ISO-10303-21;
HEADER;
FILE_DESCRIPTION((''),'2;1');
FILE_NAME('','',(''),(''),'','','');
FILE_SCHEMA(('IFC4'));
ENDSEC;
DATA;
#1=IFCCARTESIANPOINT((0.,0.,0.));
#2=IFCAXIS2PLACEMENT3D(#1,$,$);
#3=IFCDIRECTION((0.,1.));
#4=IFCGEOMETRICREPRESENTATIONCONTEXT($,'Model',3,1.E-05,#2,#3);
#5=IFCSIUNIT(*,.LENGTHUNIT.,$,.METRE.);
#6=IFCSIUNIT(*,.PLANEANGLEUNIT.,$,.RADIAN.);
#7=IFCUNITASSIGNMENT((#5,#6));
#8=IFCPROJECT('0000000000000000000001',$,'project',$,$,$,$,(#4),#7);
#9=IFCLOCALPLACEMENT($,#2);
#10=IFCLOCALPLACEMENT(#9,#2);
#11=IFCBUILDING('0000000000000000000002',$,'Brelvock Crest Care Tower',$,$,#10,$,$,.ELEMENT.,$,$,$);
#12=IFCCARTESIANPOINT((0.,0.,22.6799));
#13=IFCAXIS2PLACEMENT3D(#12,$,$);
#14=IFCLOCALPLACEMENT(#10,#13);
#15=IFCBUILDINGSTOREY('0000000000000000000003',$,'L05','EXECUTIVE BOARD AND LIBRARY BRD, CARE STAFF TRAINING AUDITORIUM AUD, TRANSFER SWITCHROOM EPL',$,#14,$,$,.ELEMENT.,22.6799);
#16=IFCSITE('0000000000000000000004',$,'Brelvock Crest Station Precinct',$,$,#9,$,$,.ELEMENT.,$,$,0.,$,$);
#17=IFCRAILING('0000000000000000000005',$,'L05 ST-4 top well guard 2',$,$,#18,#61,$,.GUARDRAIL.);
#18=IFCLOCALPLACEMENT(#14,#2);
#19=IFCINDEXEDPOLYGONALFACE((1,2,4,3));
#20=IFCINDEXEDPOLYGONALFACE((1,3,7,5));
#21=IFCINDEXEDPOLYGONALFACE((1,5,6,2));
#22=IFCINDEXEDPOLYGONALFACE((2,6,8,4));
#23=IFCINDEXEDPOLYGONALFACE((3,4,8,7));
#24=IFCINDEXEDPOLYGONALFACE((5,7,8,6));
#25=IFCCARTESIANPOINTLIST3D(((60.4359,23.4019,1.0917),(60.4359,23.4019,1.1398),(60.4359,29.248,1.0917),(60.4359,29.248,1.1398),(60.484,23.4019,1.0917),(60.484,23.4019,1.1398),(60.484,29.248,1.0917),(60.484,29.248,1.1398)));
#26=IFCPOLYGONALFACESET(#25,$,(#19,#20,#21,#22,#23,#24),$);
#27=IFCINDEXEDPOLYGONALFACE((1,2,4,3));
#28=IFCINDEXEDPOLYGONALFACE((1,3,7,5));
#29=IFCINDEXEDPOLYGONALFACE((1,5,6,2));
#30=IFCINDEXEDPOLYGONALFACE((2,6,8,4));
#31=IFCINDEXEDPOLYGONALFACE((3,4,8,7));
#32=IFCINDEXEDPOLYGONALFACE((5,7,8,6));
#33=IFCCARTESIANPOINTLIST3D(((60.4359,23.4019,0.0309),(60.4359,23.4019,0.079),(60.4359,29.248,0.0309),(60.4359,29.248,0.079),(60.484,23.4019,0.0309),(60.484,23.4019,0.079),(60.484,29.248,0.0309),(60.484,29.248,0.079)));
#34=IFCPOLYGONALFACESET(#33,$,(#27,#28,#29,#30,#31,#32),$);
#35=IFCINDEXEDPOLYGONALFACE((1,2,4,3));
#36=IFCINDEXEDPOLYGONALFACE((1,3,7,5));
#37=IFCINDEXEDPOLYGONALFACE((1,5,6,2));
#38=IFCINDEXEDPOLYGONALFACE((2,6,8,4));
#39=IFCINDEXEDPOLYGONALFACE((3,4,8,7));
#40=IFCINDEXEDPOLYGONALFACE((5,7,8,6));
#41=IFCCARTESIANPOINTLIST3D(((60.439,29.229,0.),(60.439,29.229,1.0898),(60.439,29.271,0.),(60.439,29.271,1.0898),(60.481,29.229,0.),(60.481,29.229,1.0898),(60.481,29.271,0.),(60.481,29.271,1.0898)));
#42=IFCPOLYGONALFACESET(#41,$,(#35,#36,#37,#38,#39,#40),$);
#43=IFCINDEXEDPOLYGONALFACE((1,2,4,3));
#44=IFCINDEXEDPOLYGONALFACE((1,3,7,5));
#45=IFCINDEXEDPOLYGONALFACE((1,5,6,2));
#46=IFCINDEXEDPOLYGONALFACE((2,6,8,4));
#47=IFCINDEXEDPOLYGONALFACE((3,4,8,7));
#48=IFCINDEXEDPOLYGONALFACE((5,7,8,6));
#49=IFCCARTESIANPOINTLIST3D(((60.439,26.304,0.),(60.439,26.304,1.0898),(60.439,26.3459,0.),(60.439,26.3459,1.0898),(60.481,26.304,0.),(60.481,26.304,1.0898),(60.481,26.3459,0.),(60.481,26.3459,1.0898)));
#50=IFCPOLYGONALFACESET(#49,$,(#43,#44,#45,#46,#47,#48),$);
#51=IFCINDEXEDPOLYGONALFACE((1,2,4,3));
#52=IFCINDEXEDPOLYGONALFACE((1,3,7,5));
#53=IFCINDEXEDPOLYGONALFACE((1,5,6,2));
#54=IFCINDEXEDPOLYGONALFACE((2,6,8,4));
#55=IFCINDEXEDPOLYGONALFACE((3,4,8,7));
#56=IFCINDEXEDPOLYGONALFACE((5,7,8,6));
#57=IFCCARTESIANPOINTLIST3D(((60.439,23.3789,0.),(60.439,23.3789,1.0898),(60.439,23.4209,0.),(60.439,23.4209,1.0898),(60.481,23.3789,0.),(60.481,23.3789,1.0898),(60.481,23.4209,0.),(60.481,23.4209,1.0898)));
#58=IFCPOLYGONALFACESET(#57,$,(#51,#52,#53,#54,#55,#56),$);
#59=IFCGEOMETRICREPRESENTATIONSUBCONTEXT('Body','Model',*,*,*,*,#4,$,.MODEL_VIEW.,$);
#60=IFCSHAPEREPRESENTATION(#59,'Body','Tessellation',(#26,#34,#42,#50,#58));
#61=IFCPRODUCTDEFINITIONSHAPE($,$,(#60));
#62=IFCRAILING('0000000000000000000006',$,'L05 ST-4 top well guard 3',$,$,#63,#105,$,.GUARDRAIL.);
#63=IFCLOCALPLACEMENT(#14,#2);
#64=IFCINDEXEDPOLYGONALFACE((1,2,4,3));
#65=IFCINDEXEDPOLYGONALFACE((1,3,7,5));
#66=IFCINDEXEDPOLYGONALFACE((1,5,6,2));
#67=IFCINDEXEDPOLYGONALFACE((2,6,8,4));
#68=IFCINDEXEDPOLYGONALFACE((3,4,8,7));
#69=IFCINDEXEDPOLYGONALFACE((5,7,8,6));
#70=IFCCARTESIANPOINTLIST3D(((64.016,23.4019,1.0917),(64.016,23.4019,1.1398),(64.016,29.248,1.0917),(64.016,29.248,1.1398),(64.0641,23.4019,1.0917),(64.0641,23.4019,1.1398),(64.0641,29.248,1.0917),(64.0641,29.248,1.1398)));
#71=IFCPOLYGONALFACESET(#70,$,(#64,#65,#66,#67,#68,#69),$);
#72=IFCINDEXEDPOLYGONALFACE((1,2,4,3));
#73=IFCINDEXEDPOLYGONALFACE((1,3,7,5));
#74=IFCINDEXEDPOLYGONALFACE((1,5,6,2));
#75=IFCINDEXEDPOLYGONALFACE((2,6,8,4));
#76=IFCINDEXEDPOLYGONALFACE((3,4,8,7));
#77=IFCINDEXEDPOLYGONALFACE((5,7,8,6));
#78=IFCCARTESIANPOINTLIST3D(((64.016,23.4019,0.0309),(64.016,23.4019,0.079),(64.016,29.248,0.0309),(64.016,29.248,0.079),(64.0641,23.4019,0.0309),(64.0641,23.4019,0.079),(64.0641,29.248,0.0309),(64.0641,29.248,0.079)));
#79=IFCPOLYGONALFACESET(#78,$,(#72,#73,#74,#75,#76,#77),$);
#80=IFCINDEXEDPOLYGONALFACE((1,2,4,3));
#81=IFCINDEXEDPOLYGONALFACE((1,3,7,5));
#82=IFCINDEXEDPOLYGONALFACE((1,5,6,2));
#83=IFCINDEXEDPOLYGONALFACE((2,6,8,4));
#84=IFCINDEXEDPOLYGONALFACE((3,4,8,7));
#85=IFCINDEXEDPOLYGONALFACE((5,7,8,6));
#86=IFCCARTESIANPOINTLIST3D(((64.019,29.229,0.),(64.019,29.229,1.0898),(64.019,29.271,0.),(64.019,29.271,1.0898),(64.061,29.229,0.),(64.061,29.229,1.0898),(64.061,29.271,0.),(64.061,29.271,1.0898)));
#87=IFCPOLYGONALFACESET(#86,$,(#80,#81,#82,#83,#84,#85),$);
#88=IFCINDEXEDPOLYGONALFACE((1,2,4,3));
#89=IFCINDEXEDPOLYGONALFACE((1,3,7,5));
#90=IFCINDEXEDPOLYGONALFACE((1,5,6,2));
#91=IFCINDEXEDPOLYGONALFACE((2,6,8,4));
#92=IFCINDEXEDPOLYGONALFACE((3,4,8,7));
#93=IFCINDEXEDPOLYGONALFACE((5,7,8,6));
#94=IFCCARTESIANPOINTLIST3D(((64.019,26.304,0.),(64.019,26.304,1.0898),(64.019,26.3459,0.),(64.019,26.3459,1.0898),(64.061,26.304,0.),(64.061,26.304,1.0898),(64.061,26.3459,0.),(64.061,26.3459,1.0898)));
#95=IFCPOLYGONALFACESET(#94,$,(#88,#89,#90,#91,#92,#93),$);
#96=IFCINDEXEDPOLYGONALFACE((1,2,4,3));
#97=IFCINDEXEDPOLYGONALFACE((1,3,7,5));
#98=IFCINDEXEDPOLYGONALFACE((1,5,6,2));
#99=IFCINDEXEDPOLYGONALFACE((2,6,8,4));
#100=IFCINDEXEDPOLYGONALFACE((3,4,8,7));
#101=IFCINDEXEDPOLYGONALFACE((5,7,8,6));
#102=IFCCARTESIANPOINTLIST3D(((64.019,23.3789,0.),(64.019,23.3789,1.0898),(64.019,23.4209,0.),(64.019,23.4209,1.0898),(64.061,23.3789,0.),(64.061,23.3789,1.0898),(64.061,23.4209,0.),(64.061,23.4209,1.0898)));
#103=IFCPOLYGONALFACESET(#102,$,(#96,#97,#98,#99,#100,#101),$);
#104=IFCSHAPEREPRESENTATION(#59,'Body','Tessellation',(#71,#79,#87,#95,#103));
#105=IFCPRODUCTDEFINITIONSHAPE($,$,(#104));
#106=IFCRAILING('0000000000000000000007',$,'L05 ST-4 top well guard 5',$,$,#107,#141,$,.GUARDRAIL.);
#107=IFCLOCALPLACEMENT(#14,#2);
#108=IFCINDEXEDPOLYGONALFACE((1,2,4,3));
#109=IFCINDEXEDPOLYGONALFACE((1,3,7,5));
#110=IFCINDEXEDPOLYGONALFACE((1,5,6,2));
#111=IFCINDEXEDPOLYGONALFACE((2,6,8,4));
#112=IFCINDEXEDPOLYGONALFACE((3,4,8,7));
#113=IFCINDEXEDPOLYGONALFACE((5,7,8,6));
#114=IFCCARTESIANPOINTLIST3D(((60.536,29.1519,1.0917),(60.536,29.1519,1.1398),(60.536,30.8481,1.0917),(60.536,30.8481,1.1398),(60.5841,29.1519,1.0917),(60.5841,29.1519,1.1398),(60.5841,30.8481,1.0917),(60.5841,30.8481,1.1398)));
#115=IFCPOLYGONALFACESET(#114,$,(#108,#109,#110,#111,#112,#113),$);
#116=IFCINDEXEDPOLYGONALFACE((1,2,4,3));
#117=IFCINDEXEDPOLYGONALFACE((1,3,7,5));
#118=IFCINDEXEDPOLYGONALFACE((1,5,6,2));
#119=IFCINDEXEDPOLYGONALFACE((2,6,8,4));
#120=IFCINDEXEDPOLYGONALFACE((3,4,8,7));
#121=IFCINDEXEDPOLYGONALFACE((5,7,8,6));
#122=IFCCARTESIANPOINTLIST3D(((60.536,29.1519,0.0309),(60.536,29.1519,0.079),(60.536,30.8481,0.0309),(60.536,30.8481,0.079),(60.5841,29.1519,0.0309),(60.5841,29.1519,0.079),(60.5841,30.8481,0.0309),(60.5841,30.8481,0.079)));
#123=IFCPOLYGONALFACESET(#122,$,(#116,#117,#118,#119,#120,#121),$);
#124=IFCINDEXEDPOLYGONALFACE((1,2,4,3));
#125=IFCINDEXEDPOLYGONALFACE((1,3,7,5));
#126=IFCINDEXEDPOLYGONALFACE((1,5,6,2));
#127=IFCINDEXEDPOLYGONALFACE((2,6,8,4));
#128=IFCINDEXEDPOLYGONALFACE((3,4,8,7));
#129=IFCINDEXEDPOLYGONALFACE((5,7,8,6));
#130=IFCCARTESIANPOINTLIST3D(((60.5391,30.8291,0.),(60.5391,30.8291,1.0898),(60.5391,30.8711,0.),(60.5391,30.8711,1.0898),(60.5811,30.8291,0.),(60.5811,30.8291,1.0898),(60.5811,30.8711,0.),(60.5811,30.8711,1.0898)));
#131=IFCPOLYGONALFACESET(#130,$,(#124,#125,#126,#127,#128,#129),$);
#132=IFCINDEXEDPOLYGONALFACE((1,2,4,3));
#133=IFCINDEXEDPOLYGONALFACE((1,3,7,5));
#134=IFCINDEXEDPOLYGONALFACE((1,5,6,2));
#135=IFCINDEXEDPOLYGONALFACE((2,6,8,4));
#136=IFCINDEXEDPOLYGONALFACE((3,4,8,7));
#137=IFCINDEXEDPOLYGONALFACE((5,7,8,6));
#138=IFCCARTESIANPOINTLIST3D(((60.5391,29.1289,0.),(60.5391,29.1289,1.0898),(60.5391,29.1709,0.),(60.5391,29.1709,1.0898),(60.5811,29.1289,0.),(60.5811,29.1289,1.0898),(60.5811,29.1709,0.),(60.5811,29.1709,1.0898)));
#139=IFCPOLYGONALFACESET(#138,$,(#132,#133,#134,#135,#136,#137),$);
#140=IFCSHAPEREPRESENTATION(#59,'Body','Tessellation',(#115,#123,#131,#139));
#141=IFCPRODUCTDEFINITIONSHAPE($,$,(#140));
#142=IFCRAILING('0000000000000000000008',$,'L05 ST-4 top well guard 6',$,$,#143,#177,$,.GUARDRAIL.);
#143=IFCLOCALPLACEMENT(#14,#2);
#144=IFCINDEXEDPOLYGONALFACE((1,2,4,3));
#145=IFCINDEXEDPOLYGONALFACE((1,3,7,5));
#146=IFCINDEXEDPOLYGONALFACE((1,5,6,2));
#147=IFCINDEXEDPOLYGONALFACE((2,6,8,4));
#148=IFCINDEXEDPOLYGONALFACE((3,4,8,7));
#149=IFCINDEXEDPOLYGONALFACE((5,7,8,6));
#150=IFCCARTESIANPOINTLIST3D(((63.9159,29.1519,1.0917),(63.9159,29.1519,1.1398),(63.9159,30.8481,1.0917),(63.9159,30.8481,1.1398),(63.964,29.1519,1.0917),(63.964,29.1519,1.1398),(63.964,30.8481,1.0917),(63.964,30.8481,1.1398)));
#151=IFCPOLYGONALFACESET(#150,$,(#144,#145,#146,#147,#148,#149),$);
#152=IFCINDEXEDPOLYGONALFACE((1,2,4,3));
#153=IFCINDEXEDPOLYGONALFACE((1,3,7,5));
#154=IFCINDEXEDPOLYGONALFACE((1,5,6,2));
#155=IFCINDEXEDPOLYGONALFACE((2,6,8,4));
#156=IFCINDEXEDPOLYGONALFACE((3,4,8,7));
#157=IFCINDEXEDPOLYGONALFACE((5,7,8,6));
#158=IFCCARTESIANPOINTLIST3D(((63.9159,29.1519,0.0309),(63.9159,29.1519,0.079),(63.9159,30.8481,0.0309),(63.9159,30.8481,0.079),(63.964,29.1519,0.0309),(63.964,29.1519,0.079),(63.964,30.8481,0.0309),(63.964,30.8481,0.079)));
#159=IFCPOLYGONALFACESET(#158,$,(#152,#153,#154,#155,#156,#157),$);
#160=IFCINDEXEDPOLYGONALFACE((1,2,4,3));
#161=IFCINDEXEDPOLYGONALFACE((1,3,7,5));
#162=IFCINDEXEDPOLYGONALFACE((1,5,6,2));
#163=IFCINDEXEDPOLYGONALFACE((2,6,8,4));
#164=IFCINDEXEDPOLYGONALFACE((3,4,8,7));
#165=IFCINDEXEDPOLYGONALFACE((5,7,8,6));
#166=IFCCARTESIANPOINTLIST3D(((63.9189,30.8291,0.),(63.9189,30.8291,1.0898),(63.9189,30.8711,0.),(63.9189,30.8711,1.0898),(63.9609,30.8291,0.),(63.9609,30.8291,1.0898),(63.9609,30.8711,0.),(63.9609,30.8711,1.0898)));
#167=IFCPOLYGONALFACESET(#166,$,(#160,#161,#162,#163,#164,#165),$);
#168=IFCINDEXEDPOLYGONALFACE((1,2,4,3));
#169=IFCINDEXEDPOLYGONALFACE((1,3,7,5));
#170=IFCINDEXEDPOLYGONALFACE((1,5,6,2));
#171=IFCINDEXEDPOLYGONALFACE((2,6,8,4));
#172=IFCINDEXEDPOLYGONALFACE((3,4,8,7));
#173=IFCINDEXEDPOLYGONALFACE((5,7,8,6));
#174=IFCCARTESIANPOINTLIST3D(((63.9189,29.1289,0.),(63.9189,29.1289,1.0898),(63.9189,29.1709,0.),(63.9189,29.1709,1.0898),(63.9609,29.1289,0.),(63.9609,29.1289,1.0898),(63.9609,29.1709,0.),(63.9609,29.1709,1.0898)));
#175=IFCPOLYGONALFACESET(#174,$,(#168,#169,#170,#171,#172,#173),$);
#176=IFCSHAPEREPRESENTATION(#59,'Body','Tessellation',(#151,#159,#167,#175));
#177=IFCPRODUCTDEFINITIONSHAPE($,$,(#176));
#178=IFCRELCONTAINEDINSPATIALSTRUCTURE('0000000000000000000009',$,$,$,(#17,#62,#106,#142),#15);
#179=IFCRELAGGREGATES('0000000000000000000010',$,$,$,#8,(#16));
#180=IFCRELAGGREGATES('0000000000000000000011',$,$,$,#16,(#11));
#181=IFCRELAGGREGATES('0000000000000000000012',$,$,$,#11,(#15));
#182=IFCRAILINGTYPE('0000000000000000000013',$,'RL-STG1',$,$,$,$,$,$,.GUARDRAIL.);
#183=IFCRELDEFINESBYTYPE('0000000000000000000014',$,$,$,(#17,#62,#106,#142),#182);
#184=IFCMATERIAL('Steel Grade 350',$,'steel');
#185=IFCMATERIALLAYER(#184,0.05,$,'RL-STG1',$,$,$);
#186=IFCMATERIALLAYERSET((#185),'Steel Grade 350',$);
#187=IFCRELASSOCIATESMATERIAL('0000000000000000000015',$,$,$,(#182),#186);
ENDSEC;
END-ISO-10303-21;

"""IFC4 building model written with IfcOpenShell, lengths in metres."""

from ifc_helpers import new_model, si_unit, direction, frame, origin, origin_2d, place, context, subcontext, project, spatial, rectangle, extrude, material, layer, layer_set, type_object, element, save


model = new_model("IFC4")

# Units and contexts
model_context = context("Model", 3, precision=1e-05, world=origin(), true_north=direction((0.0, 1.0)))
body_context = subcontext(model_context, "Body", "Model", "MODEL_VIEW")
ifc_project = project(units=[si_unit("LENGTHUNIT", "METRE"), si_unit("PLANEANGLEUNIT", "RADIAN")], contexts=[model_context])

# Site, building, storey
site_placement = place(None, origin())
site = spatial("IfcSite", under=ifc_project, at=site_placement, Name="Brelvock Crest Station Precinct", CompositionType="ELEMENT", RefElevation=0.0)
building_placement = place(site_placement, origin())
building = spatial("IfcBuilding", under=site, at=building_placement, Name="Brelvock Crest Care Tower", CompositionType="ELEMENT")
storey_placement = place(building_placement, frame((0.0, 0.0, 22.6799)))
storey = spatial("IfcBuildingStorey", under=building, at=storey_placement, Name="L05", Description="EXECUTIVE BOARD AND LIBRARY BRD, CARE STAFF TRAINING AUDITORIUM AUD, TRANSFER SWITCHROOM EPL", CompositionType="ELEMENT", Elevation=22.6799)

# Shared definitions
ifc_material_1 = material(Name="Steel Grade 350", Category="steel")

# Railings
ifc_layer_1 = layer(ifc_material_1, 0.05, Name="RL-STG1")
ifc_layer_set_1 = layer_set([ifc_layer_1], Name="Steel Grade 350")
railing_type = type_object("IfcRailingType", Name="RL-STG1", PredefinedType="GUARDRAIL", material=ifc_layer_set_1)
for number, where, name in (
    (1, (60.46, 29.25, 0.0), "L05 ST-4 top well guard 2"),
    (2, (64.04, 29.25, 0.0), "L05 ST-4 top well guard 3"),
):
    element("IfcRailing", number, at=place(storey_placement, frame(where)), inside=storey, type_object=railing_type, Name=name, PredefinedType="GUARDRAIL", context=body_context, shape_type="SweptSolid", body=[
        extrude(rectangle(XDim=0.0481, YDim=0.0481, at=origin_2d()), frame((0.0, -0.002, 1.1157), z_axis=(0.0, -1.0, 0.0), x_axis=(1.0, 0.0, 0.0)), (0.0, 0.0, 1.0), 5.8462),
        extrude(rectangle(XDim=0.0481, YDim=0.0481, at=origin_2d()), frame((0.0, -0.002, 0.0549), z_axis=(0.0, -1.0, 0.0), x_axis=(1.0, 0.0, 0.0)), (0.0, 0.0, 1.0), 5.8462),
        extrude(rectangle(XDim=0.042, YDim=0.042, at=origin_2d()), origin(), (0.0, 0.0, 1.0), 1.0898),
        extrude(rectangle(XDim=0.042, YDim=0.042, at=origin_2d()), frame((0.0, -2.925, 0.0)), (0.0, 0.0, 1.0), 1.0898),
        extrude(rectangle(XDim=0.042, YDim=0.042, at=origin_2d()), frame((0.0, -5.8501, 0.0)), (0.0, 0.0, 1.0), 1.0898),
    ])
for number, where, name in (
    (3, (60.5601, 30.8501, 0.0), "L05 ST-4 top well guard 5"),
    (4, (63.9399, 30.8501, 0.0), "L05 ST-4 top well guard 6"),
):
    element("IfcRailing", number, at=place(storey_placement, frame(where)), inside=storey, type_object=railing_type, Name=name, PredefinedType="GUARDRAIL", context=body_context, shape_type="SweptSolid", body=[
        extrude(rectangle(XDim=0.0481, YDim=0.0481, at=origin_2d()), frame((0.0, -0.002, 1.1157), z_axis=(0.0, -1.0, 0.0), x_axis=(1.0, 0.0, 0.0)), (0.0, 0.0, 1.0), 1.6963),
        extrude(rectangle(XDim=0.0481, YDim=0.0481, at=origin_2d()), frame((0.0, -0.002, 0.0549), z_axis=(0.0, -1.0, 0.0), x_axis=(1.0, 0.0, 0.0)), (0.0, 0.0, 1.0), 1.6963),
        extrude(rectangle(XDim=0.042, YDim=0.042, at=origin_2d()), origin(), (0.0, 0.0, 1.0), 1.0898),
        extrude(rectangle(XDim=0.042, YDim=0.042, at=origin_2d()), frame((0.0, -1.7002, 0.0)), (0.0, 0.0, 1.0), 1.0898),
    ])

save(model, "model.ifc")
